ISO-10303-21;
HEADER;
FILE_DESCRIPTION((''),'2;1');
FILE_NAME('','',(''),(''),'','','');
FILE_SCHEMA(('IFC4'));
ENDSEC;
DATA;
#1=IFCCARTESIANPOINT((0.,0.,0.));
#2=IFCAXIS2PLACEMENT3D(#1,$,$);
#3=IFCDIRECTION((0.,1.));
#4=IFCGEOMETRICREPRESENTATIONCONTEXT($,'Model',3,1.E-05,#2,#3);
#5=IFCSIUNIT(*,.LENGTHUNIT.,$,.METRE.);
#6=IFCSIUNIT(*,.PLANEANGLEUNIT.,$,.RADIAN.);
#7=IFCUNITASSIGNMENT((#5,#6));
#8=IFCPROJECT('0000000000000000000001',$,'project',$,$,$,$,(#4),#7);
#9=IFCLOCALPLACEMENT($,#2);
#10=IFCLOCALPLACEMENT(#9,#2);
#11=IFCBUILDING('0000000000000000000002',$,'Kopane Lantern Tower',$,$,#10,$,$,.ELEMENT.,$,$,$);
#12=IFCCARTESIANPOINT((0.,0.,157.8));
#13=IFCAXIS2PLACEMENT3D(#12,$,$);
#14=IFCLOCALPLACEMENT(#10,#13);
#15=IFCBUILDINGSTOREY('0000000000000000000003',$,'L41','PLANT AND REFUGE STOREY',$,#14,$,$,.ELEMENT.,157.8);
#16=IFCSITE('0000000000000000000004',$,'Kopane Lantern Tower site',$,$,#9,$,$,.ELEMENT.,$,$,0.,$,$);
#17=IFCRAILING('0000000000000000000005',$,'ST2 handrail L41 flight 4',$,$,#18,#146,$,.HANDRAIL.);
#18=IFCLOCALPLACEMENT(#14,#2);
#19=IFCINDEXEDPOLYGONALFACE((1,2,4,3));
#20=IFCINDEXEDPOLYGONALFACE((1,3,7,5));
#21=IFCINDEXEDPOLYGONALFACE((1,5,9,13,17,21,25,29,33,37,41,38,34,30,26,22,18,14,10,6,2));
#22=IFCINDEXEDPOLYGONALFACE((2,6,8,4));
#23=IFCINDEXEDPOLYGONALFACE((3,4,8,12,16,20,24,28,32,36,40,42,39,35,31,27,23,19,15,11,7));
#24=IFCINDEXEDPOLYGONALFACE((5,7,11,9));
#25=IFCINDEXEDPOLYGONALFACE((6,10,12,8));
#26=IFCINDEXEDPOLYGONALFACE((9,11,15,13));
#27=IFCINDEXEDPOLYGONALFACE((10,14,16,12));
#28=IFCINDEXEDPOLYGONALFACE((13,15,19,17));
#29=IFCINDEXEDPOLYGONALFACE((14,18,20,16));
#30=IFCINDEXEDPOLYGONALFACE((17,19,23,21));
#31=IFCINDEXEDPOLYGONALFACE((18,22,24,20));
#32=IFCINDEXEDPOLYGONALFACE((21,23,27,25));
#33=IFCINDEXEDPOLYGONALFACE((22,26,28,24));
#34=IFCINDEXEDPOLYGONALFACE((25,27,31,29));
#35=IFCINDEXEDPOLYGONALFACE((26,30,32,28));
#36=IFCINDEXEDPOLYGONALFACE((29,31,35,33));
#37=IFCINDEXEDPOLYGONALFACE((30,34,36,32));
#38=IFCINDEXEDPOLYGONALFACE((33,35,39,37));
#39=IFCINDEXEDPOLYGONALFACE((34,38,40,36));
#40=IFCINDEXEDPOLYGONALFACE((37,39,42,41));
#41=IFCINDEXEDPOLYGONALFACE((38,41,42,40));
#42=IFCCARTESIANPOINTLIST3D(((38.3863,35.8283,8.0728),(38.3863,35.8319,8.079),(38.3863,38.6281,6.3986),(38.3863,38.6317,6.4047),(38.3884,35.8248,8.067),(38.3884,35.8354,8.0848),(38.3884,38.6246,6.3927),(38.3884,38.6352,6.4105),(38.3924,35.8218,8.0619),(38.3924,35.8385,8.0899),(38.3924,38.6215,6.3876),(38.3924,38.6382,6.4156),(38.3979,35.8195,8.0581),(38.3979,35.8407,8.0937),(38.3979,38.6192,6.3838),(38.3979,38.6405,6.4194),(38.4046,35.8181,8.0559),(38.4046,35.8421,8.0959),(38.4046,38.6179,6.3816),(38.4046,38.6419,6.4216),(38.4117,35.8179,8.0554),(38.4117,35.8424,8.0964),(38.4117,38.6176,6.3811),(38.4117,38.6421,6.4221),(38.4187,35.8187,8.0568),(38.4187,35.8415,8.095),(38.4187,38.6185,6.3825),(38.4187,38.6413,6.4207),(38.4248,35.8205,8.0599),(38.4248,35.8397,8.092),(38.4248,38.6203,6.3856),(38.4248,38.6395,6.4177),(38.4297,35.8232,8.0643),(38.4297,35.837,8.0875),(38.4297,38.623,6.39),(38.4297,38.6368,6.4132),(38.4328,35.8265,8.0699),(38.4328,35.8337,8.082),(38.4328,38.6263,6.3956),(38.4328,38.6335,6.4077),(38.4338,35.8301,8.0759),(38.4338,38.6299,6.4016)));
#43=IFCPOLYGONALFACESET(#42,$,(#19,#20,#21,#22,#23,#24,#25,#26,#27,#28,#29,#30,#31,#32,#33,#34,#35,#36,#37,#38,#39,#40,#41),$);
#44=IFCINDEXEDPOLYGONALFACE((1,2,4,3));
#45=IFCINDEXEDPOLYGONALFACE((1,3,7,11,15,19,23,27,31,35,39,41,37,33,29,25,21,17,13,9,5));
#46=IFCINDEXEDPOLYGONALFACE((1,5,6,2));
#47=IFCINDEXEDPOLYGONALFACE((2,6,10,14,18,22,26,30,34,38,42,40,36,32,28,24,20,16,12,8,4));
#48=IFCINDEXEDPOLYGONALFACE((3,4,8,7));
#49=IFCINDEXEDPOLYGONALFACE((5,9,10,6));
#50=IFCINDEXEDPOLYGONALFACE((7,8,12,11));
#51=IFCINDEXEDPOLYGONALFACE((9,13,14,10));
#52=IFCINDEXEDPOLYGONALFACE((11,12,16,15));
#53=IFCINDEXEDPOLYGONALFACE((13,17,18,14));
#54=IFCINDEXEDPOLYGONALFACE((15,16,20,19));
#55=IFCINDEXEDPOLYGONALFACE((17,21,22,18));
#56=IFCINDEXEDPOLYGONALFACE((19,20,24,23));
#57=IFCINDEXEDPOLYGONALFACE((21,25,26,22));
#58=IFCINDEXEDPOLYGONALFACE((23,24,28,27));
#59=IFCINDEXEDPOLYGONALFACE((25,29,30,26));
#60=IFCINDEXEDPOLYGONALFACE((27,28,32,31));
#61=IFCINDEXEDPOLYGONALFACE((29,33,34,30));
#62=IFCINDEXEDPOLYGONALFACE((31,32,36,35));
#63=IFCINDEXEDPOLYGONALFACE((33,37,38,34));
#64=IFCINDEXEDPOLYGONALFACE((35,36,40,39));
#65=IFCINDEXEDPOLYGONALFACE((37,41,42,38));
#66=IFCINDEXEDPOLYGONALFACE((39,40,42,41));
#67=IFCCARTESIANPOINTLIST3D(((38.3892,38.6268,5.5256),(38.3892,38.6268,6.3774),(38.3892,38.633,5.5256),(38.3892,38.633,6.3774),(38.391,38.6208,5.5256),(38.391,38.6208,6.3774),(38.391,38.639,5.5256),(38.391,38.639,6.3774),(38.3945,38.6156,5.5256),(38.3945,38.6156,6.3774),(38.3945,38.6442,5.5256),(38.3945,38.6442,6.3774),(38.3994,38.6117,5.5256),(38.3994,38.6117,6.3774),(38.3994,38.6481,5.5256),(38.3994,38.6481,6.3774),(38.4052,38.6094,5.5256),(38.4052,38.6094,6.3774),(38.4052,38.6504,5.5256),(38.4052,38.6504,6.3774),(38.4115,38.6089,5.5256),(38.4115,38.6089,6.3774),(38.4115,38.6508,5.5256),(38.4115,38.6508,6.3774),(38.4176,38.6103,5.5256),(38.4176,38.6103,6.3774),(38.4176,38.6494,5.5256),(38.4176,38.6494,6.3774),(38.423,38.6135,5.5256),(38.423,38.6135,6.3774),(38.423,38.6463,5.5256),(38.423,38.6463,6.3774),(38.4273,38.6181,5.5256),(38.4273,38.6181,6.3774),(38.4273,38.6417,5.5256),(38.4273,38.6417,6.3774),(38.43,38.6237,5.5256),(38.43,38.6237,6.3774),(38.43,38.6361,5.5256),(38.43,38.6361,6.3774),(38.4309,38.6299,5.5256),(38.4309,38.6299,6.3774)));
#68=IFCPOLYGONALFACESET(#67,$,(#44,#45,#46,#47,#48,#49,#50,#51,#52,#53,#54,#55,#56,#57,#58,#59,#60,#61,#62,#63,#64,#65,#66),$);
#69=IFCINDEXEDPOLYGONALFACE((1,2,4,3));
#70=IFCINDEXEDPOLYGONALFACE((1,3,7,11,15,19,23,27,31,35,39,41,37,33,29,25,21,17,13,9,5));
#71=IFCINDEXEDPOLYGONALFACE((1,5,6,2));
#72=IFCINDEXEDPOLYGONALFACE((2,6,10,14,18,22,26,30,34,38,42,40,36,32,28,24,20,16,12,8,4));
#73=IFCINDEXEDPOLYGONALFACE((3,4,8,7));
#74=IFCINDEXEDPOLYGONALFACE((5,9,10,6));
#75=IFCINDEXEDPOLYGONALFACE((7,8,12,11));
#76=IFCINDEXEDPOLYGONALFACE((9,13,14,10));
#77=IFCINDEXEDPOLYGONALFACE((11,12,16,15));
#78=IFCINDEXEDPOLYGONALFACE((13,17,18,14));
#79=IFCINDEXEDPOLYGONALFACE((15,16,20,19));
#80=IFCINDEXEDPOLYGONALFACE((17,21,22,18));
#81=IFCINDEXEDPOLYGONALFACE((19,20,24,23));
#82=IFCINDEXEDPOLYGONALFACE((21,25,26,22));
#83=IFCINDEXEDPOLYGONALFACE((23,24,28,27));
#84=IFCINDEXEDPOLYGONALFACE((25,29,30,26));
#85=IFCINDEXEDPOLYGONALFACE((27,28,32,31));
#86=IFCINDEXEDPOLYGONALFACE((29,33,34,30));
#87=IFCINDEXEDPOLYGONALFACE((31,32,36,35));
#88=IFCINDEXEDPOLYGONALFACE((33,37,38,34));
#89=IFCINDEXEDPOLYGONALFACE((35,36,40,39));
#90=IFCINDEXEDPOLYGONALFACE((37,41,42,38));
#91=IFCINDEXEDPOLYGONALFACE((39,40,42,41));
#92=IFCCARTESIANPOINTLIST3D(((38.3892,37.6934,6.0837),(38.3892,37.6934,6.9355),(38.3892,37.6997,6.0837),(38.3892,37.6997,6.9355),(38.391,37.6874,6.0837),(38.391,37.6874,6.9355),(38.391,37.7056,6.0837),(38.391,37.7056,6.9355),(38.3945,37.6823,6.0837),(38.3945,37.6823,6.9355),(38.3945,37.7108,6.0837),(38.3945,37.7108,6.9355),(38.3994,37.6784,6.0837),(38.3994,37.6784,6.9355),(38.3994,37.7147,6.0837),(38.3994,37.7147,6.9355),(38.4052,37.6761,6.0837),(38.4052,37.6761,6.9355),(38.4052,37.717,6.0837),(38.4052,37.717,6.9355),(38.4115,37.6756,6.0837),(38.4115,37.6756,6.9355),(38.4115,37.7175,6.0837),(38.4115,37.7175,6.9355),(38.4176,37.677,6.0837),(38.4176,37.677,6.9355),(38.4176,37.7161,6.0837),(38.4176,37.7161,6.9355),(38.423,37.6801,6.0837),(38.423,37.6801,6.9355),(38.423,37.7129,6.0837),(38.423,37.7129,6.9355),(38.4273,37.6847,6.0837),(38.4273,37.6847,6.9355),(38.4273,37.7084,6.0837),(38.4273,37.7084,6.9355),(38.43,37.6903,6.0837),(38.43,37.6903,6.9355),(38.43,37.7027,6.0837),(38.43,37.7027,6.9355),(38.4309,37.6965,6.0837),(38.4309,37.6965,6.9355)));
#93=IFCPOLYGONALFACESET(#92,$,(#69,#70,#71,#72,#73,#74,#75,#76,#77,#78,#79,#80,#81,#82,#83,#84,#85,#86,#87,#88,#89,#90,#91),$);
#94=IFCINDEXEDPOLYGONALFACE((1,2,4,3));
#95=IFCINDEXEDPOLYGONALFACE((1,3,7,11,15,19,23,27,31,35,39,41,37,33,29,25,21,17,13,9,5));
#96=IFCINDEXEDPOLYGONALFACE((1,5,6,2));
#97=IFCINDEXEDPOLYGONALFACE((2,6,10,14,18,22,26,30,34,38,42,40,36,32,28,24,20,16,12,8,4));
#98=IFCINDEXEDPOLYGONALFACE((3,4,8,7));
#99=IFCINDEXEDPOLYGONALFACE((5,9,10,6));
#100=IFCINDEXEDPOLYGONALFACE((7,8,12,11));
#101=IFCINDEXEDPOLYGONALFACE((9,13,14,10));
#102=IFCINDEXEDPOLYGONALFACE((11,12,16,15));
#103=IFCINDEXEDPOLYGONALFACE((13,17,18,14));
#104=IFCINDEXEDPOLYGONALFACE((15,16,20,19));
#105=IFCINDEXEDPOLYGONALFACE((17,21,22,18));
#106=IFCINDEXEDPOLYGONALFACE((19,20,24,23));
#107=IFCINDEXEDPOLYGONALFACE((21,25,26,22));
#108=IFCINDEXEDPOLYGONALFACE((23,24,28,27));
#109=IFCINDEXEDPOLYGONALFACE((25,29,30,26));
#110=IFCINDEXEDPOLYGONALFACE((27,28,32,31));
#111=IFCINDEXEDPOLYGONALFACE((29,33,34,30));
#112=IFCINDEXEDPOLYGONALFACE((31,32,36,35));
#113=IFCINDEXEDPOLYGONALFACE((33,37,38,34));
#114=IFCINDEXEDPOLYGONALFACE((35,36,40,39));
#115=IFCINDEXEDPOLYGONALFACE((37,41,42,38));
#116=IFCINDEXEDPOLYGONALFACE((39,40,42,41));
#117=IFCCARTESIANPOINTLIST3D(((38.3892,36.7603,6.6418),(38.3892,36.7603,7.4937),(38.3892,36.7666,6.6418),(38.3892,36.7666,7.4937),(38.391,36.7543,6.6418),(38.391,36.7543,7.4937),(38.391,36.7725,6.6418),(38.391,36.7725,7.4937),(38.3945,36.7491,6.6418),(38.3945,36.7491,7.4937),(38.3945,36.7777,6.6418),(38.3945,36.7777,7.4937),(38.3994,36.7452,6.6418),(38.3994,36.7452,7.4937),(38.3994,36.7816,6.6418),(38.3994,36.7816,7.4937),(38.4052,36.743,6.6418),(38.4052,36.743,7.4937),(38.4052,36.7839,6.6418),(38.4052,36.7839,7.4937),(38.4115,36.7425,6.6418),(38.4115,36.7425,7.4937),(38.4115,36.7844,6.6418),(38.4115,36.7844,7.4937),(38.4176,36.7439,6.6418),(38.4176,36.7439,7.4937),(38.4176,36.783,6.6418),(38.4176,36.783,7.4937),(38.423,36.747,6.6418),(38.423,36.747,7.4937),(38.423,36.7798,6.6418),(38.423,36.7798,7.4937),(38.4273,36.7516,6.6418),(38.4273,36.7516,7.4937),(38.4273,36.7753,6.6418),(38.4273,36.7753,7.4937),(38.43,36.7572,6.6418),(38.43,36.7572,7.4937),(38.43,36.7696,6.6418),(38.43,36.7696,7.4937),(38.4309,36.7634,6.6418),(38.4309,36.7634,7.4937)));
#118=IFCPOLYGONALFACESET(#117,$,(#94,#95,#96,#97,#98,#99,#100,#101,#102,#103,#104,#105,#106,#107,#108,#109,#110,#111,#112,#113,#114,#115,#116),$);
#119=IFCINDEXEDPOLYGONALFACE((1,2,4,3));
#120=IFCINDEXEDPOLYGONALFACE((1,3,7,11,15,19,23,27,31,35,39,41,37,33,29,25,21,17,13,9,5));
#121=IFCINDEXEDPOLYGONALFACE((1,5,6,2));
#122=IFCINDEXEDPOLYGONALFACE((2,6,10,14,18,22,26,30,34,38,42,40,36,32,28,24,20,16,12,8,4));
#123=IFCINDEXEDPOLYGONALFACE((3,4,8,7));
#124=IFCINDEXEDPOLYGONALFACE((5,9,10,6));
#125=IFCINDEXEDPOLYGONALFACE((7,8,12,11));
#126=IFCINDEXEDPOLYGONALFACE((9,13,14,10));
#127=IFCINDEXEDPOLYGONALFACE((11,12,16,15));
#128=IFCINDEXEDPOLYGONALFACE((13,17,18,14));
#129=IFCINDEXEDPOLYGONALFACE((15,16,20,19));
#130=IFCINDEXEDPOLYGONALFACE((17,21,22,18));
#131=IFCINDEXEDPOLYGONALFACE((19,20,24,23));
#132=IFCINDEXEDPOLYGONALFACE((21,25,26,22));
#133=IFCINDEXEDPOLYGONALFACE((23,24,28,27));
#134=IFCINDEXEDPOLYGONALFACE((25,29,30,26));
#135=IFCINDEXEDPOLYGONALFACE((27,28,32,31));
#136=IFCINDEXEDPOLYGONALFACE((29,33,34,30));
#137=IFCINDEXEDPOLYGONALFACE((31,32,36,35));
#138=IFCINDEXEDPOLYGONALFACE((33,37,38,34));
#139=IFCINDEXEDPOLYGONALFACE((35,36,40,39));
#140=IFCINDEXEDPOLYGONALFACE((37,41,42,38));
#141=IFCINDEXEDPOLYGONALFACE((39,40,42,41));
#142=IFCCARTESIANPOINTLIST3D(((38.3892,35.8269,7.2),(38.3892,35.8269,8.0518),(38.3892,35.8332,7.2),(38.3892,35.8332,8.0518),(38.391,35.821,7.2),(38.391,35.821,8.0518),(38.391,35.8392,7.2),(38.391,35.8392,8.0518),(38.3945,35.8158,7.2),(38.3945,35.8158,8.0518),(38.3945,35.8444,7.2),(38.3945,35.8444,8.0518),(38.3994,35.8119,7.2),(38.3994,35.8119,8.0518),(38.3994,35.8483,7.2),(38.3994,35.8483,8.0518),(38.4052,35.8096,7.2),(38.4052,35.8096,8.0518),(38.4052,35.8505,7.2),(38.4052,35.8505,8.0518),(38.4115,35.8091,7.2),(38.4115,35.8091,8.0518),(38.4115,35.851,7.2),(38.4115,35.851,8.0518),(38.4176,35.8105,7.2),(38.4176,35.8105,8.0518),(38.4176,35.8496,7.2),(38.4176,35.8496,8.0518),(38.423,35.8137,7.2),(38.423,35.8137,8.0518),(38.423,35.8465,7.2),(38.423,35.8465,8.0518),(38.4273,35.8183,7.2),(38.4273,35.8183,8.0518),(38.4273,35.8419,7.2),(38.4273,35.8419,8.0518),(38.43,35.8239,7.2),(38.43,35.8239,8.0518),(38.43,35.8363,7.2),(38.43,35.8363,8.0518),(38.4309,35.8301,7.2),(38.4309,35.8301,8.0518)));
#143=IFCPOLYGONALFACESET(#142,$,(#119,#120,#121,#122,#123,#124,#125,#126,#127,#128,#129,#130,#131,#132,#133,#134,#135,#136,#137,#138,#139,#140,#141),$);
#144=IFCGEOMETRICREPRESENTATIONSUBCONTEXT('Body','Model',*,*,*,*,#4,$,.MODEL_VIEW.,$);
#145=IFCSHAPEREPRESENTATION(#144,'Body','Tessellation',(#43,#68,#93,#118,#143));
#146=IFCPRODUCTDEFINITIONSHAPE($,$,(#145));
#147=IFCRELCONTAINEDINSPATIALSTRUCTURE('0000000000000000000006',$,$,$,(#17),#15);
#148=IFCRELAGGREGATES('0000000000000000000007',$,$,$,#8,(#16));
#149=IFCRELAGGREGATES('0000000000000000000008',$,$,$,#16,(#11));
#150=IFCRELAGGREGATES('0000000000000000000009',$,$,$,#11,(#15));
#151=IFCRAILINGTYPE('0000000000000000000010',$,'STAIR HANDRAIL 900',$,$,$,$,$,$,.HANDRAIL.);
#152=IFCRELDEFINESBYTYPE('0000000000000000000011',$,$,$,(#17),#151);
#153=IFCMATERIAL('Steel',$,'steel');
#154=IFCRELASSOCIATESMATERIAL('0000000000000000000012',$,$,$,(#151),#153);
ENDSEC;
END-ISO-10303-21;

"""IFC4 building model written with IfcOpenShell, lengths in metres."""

from ifc_helpers import new_model, si_unit, direction, frame, origin, origin_2d, place, context, subcontext, project, spatial, circle, extrude, material, type_object, element, save


model = new_model("IFC4")

# Units and contexts
model_context = context("Model", 3, precision=1e-05, world=origin(), true_north=direction((0.0, 1.0)))
body_context = subcontext(model_context, "Body", "Model", "MODEL_VIEW")
ifc_project = project(units=[si_unit("LENGTHUNIT", "METRE"), si_unit("PLANEANGLEUNIT", "RADIAN")], contexts=[model_context])

# Site, building, storey
site_placement = place(None, origin())
site = spatial("IfcSite", under=ifc_project, at=site_placement, Name="Kopane Lantern Tower site", CompositionType="ELEMENT", RefElevation=0.0)
building_placement = place(site_placement, origin())
building = spatial("IfcBuilding", under=site, at=building_placement, Name="Kopane Lantern Tower", CompositionType="ELEMENT")
storey_placement = place(building_placement, frame((0.0, 0.0, 157.8)))
storey = spatial("IfcBuildingStorey", under=building, at=storey_placement, Name="L41", Description="PLANT AND REFUGE STOREY", CompositionType="ELEMENT", Elevation=157.8)

# Railing
ifc_material_1 = material(Name="Steel", Category="steel")
railing_type_1 = type_object("IfcRailingType", Name="STAIR HANDRAIL 900", PredefinedType="HANDRAIL", material=ifc_material_1)
for number, where, name in (
    (1, (38.4099, 38.6299, 5.5256), "ST2 handrail L41 flight 4"),
):
    element("IfcRailing", number, at=place(storey_placement, frame(where)), inside=storey, type_object=railing_type_1, Name=name, PredefinedType="HANDRAIL", context=body_context, shape_type="SweptSolid", body=[
        extrude(circle(Radius=0.0239, at=origin_2d()), frame((0.0, 0.0, 0.876), z_axis=(0.0, -0.858245, 0.513241), x_axis=(1.0, 0.0, 0.0)), (0.0, 0.0, 1.0), 3.2622),
        extrude(circle(Radius=0.021, at=origin_2d()), origin(), (0.0, 0.0, 1.0), 0.8518),
        extrude(circle(Radius=0.021, at=origin_2d()), frame((0.0, -0.9333, 0.5581)), (0.0, 0.0, 1.0), 0.8518),
        extrude(circle(Radius=0.021, at=origin_2d()), frame((0.0, -1.8665, 1.1162)), (0.0, 0.0, 1.0), 0.8518),
        extrude(circle(Radius=0.021, at=origin_2d()), frame((0.0, -2.7998, 1.6743)), (0.0, 0.0, 1.0), 0.8518),
    ])

save(model, "model.ifc")
